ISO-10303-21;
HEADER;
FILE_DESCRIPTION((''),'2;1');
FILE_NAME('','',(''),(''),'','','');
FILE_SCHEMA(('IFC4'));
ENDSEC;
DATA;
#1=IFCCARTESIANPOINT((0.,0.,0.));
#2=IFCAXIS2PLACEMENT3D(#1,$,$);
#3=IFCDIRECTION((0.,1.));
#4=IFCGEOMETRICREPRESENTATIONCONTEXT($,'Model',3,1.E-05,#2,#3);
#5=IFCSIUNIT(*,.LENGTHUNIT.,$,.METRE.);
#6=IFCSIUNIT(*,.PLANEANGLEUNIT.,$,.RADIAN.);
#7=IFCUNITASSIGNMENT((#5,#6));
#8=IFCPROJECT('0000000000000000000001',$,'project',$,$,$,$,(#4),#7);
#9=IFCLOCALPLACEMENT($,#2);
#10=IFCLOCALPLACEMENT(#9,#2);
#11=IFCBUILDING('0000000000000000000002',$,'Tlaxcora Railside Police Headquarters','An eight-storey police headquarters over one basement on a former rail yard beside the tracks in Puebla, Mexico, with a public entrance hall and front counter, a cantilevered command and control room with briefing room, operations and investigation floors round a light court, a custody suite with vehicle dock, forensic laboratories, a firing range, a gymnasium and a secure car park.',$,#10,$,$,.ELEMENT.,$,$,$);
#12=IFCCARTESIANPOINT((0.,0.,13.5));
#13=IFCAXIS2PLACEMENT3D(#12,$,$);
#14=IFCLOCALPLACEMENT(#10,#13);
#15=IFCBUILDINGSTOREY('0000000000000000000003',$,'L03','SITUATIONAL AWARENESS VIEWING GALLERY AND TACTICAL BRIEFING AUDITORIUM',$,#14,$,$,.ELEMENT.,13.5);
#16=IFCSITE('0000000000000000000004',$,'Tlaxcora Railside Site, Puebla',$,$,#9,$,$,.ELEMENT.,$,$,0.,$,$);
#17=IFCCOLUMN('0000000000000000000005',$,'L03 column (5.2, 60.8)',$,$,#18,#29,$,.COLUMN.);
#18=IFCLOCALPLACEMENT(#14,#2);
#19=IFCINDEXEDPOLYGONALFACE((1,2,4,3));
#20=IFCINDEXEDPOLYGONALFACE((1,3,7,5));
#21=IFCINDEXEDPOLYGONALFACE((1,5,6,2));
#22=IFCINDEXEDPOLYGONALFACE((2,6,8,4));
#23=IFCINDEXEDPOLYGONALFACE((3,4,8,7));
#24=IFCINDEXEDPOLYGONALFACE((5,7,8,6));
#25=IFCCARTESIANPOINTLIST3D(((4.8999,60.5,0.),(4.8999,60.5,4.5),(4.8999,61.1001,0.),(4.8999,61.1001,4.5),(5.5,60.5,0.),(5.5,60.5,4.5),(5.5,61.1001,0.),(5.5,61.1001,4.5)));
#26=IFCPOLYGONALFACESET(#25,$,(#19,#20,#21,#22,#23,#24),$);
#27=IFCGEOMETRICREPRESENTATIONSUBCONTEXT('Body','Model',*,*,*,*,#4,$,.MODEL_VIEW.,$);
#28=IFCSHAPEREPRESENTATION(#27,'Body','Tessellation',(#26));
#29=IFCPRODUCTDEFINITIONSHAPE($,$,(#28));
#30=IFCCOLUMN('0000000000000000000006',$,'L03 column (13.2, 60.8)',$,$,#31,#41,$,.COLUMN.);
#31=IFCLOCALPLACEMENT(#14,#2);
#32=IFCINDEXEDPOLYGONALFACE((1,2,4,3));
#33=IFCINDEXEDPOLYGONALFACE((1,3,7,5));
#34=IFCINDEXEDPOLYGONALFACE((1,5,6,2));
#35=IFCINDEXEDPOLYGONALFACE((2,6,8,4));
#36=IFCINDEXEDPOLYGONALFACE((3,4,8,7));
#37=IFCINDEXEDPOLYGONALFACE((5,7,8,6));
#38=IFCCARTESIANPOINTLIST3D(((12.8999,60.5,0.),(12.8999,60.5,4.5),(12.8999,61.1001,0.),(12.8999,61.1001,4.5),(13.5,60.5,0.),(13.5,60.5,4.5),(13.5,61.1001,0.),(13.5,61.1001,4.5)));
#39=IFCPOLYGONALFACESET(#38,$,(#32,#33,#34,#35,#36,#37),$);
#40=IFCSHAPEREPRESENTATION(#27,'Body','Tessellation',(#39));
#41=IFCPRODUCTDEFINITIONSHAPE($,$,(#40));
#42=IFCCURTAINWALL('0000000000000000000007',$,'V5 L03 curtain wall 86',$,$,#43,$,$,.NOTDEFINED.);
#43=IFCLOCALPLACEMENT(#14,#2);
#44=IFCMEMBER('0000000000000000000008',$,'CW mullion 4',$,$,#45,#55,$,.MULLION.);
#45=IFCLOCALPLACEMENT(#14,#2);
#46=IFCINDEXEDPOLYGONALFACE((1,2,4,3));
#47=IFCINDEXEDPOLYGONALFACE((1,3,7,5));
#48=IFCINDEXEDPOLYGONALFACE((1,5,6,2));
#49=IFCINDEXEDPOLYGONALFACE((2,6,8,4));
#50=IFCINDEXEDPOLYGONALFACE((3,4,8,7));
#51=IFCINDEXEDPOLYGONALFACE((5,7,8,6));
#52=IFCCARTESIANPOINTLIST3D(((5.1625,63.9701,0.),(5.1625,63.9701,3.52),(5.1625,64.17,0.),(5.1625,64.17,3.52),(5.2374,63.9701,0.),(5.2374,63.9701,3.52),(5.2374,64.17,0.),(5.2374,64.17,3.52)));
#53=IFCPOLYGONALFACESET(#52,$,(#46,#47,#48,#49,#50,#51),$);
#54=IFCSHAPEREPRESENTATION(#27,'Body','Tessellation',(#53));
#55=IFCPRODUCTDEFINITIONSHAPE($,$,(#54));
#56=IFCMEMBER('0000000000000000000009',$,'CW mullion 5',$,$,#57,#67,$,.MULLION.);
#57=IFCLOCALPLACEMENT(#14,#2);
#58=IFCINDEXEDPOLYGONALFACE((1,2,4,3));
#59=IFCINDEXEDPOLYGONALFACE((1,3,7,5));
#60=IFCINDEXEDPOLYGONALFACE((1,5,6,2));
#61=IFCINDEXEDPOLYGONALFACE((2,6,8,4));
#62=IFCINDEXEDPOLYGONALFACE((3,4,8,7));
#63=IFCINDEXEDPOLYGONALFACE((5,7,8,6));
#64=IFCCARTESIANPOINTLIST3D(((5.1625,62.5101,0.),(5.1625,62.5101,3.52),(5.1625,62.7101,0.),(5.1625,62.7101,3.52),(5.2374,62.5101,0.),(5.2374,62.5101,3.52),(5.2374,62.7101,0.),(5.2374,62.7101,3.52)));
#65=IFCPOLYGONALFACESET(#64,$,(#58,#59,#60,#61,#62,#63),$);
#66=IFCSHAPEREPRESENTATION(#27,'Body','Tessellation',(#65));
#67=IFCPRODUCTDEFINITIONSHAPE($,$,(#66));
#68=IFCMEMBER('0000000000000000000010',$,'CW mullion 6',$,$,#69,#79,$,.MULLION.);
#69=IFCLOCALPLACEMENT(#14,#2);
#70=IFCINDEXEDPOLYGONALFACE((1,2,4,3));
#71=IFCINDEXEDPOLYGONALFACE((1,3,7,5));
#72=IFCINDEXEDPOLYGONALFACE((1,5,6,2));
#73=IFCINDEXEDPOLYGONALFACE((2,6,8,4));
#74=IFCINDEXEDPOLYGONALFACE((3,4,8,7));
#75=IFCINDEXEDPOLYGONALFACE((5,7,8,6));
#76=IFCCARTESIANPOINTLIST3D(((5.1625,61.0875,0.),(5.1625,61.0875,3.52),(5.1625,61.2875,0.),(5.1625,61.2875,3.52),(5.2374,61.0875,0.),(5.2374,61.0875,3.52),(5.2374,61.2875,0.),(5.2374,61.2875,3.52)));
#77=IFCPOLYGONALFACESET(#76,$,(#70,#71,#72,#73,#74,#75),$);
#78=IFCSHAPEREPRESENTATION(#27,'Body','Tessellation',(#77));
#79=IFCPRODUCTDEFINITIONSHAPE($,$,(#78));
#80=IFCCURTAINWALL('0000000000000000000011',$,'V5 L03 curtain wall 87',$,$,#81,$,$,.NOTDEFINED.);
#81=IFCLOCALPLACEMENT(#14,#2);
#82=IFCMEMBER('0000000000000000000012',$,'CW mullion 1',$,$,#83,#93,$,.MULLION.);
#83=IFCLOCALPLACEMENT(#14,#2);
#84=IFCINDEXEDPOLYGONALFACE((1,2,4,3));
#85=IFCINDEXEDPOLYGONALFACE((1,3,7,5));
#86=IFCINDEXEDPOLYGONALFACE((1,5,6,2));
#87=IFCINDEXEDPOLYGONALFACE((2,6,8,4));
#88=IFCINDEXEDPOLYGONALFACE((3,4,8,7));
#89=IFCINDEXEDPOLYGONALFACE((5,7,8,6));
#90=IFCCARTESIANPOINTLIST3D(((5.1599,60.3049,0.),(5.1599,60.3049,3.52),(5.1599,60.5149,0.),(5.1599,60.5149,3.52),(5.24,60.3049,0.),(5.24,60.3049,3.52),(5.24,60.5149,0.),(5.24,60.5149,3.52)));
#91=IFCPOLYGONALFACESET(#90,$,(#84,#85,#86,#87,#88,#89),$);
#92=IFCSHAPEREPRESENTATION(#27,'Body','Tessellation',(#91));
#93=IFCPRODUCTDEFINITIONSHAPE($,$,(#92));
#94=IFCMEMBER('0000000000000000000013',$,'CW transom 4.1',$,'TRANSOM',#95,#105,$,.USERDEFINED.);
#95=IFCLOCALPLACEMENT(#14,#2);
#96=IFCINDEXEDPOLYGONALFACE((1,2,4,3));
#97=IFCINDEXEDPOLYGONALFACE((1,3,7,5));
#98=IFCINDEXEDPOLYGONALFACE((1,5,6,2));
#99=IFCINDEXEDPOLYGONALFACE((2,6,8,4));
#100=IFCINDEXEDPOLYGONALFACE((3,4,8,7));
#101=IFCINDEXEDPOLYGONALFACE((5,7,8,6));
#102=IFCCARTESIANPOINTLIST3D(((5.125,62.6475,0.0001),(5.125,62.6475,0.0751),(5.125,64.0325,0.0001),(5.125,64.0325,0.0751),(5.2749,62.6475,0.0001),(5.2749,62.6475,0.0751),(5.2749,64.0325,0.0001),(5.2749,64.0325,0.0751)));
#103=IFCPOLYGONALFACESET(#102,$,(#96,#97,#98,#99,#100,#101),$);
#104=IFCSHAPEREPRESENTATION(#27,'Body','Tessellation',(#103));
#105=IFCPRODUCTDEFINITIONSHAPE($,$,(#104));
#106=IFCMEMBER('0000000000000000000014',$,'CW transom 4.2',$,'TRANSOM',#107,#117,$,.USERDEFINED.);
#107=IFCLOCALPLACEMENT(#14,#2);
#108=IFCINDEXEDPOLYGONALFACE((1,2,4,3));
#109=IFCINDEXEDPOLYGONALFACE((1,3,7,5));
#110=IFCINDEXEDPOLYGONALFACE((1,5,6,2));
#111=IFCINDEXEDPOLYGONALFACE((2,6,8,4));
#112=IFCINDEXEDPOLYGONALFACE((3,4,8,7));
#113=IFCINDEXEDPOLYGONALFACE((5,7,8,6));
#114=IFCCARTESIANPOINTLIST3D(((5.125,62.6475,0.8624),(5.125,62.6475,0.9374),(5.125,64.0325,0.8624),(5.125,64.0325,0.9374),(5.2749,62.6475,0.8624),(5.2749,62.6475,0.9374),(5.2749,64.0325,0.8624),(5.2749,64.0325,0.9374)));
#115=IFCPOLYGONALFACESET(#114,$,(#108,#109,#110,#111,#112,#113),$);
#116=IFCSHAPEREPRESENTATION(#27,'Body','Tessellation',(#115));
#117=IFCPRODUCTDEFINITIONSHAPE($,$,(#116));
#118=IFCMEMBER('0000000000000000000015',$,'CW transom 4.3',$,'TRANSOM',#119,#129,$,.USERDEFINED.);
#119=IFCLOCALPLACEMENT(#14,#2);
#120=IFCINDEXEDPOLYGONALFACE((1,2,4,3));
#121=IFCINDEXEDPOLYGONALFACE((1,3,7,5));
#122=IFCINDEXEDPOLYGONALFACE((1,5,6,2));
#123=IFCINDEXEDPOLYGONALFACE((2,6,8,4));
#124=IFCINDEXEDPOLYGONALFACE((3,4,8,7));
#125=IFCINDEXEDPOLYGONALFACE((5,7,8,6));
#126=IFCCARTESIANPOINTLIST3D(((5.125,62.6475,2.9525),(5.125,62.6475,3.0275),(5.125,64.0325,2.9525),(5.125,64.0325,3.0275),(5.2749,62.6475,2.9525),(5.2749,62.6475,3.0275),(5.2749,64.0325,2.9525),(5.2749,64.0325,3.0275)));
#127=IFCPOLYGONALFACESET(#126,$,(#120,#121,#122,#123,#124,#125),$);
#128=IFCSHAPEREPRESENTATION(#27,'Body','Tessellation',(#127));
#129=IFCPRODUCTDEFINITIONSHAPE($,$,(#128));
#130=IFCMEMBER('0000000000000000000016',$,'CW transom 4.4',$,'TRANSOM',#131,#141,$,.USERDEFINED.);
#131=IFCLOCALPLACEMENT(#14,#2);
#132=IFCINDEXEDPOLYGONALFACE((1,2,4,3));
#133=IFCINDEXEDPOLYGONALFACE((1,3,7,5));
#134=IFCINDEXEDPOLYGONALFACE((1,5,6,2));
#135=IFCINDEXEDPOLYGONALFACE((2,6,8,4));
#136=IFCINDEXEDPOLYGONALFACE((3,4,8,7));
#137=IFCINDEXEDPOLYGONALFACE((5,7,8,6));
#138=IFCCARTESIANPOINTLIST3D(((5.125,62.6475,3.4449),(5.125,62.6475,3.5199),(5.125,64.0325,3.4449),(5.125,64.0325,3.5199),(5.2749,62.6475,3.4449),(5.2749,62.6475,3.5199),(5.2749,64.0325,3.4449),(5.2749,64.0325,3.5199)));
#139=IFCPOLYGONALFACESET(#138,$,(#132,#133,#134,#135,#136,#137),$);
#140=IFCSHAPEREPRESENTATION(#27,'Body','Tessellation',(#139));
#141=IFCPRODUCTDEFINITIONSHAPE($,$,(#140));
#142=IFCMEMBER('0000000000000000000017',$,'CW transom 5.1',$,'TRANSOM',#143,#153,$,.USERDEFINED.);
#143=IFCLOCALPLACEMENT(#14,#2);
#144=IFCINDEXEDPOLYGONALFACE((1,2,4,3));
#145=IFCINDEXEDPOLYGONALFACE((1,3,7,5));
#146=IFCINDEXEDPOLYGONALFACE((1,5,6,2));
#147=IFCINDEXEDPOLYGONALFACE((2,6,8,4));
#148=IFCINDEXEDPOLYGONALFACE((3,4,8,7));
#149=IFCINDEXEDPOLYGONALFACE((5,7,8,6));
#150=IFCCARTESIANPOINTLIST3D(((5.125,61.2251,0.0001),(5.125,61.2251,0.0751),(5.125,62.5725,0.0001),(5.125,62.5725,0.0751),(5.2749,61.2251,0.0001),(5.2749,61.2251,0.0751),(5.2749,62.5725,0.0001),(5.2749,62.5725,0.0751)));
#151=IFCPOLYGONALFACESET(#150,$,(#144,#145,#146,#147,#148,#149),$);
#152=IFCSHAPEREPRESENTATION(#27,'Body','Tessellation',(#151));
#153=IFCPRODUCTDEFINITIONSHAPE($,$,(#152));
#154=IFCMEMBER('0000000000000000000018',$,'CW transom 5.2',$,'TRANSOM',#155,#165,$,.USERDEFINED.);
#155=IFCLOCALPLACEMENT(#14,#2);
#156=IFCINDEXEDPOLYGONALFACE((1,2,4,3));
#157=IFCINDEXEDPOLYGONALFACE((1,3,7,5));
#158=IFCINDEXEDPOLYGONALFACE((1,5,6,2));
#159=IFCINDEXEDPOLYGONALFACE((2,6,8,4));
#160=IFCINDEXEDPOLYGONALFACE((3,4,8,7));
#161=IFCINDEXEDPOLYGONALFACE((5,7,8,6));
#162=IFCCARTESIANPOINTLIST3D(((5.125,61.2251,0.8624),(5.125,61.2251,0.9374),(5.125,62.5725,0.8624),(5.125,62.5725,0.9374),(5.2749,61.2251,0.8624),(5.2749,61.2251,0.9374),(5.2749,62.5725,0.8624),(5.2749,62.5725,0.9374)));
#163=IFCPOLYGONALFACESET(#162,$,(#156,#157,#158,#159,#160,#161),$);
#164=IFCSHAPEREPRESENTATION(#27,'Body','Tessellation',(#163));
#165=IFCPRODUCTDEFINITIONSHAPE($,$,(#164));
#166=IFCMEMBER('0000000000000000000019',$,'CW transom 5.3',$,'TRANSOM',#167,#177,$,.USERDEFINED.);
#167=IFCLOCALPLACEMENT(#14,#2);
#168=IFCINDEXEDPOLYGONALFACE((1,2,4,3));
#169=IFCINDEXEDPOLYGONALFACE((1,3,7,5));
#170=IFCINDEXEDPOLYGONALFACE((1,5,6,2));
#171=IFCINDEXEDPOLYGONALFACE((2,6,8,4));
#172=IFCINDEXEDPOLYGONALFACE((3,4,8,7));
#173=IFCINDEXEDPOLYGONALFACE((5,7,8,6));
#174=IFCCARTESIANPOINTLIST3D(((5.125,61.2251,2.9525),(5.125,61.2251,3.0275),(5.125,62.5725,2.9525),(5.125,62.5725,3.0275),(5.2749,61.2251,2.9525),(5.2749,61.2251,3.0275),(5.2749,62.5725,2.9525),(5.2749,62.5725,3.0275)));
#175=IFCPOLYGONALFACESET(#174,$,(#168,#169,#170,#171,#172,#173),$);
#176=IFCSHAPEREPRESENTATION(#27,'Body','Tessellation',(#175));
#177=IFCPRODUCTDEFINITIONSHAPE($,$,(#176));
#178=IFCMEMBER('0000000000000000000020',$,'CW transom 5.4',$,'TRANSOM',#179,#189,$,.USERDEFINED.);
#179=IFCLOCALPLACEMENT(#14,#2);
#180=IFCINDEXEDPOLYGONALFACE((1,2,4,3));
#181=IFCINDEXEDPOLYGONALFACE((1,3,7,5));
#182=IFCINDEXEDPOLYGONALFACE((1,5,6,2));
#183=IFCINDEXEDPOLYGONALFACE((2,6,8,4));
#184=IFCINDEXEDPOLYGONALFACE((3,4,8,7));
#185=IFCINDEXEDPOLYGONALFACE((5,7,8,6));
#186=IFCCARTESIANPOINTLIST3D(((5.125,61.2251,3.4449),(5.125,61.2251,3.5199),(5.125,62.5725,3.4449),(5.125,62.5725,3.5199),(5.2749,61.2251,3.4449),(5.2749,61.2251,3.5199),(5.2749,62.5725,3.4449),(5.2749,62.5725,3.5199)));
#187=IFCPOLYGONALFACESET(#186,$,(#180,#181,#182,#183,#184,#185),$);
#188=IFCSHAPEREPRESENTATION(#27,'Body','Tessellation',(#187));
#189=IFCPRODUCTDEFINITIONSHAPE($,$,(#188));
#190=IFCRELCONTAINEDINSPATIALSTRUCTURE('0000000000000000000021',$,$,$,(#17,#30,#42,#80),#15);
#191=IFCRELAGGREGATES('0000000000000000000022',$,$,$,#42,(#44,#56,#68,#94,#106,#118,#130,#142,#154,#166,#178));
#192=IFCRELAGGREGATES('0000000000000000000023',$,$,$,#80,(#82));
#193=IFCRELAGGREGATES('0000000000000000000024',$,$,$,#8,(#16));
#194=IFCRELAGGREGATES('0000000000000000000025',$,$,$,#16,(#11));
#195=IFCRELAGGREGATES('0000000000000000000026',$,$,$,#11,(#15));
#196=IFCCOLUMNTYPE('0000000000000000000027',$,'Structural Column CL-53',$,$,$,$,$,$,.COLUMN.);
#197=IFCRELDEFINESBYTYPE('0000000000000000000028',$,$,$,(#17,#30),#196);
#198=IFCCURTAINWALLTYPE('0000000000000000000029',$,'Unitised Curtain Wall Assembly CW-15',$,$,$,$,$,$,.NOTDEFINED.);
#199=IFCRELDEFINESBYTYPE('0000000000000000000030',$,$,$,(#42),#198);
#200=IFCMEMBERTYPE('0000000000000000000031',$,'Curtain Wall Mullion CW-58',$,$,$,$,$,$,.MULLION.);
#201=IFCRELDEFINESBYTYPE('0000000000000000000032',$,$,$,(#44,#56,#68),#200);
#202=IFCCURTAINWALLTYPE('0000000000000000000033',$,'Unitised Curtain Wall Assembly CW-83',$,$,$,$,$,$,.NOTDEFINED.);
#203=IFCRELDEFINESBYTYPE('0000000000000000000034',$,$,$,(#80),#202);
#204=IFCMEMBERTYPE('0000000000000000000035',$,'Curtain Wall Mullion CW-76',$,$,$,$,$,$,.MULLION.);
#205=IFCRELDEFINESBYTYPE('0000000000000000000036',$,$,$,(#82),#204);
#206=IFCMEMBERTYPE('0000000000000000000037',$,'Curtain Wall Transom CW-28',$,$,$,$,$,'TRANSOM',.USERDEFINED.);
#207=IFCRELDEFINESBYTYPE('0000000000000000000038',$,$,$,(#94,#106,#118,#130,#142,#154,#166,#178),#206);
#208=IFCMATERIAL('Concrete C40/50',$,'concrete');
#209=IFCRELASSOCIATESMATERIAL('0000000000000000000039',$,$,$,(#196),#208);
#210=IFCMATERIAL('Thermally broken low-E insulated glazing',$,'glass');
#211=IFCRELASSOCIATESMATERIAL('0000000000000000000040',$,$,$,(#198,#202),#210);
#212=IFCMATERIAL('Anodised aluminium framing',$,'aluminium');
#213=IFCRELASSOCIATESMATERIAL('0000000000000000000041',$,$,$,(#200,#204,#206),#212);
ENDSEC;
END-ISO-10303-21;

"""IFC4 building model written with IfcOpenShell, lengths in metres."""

from ifc_helpers import new_model, si_unit, direction, frame, origin, origin_2d, place, context, subcontext, project, spatial, rectangle, extrude, material, material_profile, profile_set, type_object, element, aggregate, save


model = new_model("IFC4")

# Units and contexts
model_context = context("Model", 3, precision=1e-05, world=origin(), true_north=direction((0.0, 1.0)))
body_context = subcontext(model_context, "Body", "Model", "MODEL_VIEW")
ifc_project = project(units=[si_unit("LENGTHUNIT", "METRE"), si_unit("PLANEANGLEUNIT", "RADIAN")], contexts=[model_context])

# Site, building, storey
site_placement = place(None, origin())
site = spatial("IfcSite", under=ifc_project, at=site_placement, Name="Tlaxcora Railside Site, Puebla", CompositionType="ELEMENT", RefElevation=0.0)
building_placement = place(site_placement, origin())
building = spatial("IfcBuilding", under=site, at=building_placement, Name="Tlaxcora Railside Police Headquarters", Description="An eight-storey police headquarters over one basement on a former rail yard beside the tracks in Puebla, Mexico, with a public entrance hall and front counter, a cantilevered command and control room with briefing room, operations and investigation floors round a light court, a custody suite with vehicle dock, forensic laboratories, a firing range, a gymnasium and a secure car park.", CompositionType="ELEMENT")
storey_placement = place(building_placement, frame((0.0, 0.0, 13.5)))
storey = spatial("IfcBuildingStorey", under=building, at=storey_placement, Name="L03", Description="SITUATIONAL AWARENESS VIEWING GALLERY AND TACTICAL BRIEFING AUDITORIUM", CompositionType="ELEMENT", Elevation=13.5)

# Columns
ifc_material_1 = material(Name="Concrete C40/50", Category="concrete")
ifc_material_profile_1 = material_profile(ifc_material_1, rectangle(XDim=0.6001, YDim=0.6001, at=origin_2d()), Name="RC600X600")
ifc_profile_set_1 = profile_set([ifc_material_profile_1], Name="Concrete C40/50")
column_type = type_object("IfcColumnType", Name="Structural Column CL-53", PredefinedType="COLUMN", material=ifc_profile_set_1)
for number, where, z_axis, x_axis, name in (
    (1, (5.2, 60.8, 0.0), (0.0, 0.0, 1.0), (1.0, 0.0, 0.0), "L03 column (5.2, 60.8)"),
    (2, (13.2, 60.8, 0.0), (0.0, 0.0, 1.0), (1.0, 0.0, 0.0), "L03 column (13.2, 60.8)"),
):
    element("IfcColumn", number, at=place(storey_placement, frame(where, z_axis=z_axis, x_axis=x_axis)), inside=storey, type_object=column_type, Name=name, PredefinedType="COLUMN", context=body_context, shape_type="SweptSolid", body=[
        extrude(rectangle(XDim=0.6001, YDim=0.6001, at=origin_2d()), origin(), (0.0, 0.0, 1.0), 4.5),
    ])

# Curtain wall, members
ifc_material_2 = material(Name="Thermally broken low-E insulated glazing", Category="glass")
curtain_wall_type_1 = type_object("IfcCurtainWallType", Name="Unitised Curtain Wall Assembly CW-15", PredefinedType="NOTDEFINED", material=ifc_material_2)
curtain_wall_1_placement = place(storey_placement, origin())
curtain_wall_1 = element("IfcCurtainWall", 3, at=curtain_wall_1_placement, inside=storey, type_object=curtain_wall_type_1, Name="V5 L03 curtain wall 86", PredefinedType="NOTDEFINED")
ifc_material_3 = material(Name="Anodised aluminium framing", Category="aluminium")
ifc_material_profile_2 = material_profile(ifc_material_3, rectangle(XDim=0.075, YDim=0.2, at=origin_2d()), Name="AL75X200")
ifc_profile_set_2 = profile_set([ifc_material_profile_2], Name="Anodised aluminium framing")
member_type_1 = type_object("IfcMemberType", Name="Curtain Wall Mullion CW-58", PredefinedType="MULLION", material=ifc_profile_set_2)
member_1_placement = place(storey_placement, frame((5.2, 64.0701, 0.0), z_axis=(0.0, 0.0, 1.0), x_axis=(1.0, 0.0, 0.0)))
member_1 = element("IfcMember", 4, at=member_1_placement, type_object=member_type_1, Name="CW mullion 4", PredefinedType="MULLION", context=body_context, shape_type="SweptSolid", body=[
    extrude(rectangle(XDim=0.075, YDim=0.2, at=origin_2d()), origin(), (0.0, 0.0, 1.0), 3.52),
])
member_2_placement = place(storey_placement, frame((5.2, 62.6101, 0.0), z_axis=(0.0, 0.0, 1.0), x_axis=(1.0, 0.0, 0.0)))
member_2 = element("IfcMember", 5, at=member_2_placement, type_object=member_type_1, Name="CW mullion 5", PredefinedType="MULLION", context=body_context, shape_type="SweptSolid", body=[
    extrude(rectangle(XDim=0.075, YDim=0.2, at=origin_2d()), origin(), (0.0, 0.0, 1.0), 3.52),
])
member_3_placement = place(storey_placement, frame((5.2, 61.1875, 0.0), z_axis=(0.0, 0.0, 1.0), x_axis=(1.0, 0.0, 0.0)))
member_3 = element("IfcMember", 6, at=member_3_placement, type_object=member_type_1, Name="CW mullion 6", PredefinedType="MULLION", context=body_context, shape_type="SweptSolid", body=[
    extrude(rectangle(XDim=0.075, YDim=0.2, at=origin_2d()), origin(), (0.0, 0.0, 1.0), 3.52),
])

# Curtain wall, member
curtain_wall_type_2 = type_object("IfcCurtainWallType", Name="Unitised Curtain Wall Assembly CW-83", PredefinedType="NOTDEFINED", material=ifc_material_2)
curtain_wall_2_placement = place(storey_placement, origin())
curtain_wall_2 = element("IfcCurtainWall", 7, at=curtain_wall_2_placement, inside=storey, type_object=curtain_wall_type_2, Name="V5 L03 curtain wall 87", PredefinedType="NOTDEFINED")
ifc_material_profile_3 = material_profile(ifc_material_3, rectangle(XDim=0.0801, YDim=0.21, at=origin_2d()), Name="AL80X210")
ifc_profile_set_3 = profile_set([ifc_material_profile_3], Name="Anodised aluminium framing")
member_type_2 = type_object("IfcMemberType", Name="Curtain Wall Mullion CW-76", PredefinedType="MULLION", material=ifc_profile_set_3)
member_4_placement = place(storey_placement, frame((5.2, 60.4099, 0.0), z_axis=(0.0, 0.0, 1.0), x_axis=(1.0, 0.0, 0.0)))
member_4 = element("IfcMember", 8, at=member_4_placement, type_object=member_type_2, Name="CW mullion 1", PredefinedType="MULLION", context=body_context, shape_type="SweptSolid", body=[
    extrude(rectangle(XDim=0.0801, YDim=0.21, at=origin_2d()), origin(), (0.0, 0.0, 1.0), 3.52),
])

# Members
ifc_material_profile_4 = material_profile(ifc_material_3, rectangle(XDim=0.1499, YDim=0.075, at=origin_2d()), Name="AL75X150")
ifc_profile_set_4 = profile_set([ifc_material_profile_4], Name="Anodised aluminium framing")
member_type_3 = type_object("IfcMemberType", Name="Curtain Wall Transom CW-28", ElementType="TRANSOM", PredefinedType="USERDEFINED", material=ifc_profile_set_4)
member_5_placement = place(storey_placement, frame((5.2, 64.0325, 0.0376), z_axis=(0.0, -1.0, 0.0), x_axis=(1.0, 0.0, 0.0)))
member_5 = element("IfcMember", 9, at=member_5_placement, type_object=member_type_3, Name="CW transom 4.1", ObjectType="TRANSOM", PredefinedType="USERDEFINED", context=body_context, shape_type="SweptSolid", body=[
    extrude(rectangle(XDim=0.1499, YDim=0.075, at=origin_2d()), origin(), (0.0, 0.0, 1.0), 1.385),
])
member_6_placement = place(storey_placement, frame((5.2, 64.0325, 0.8999), z_axis=(0.0, -1.0, 0.0), x_axis=(1.0, 0.0, 0.0)))
member_6 = element("IfcMember", 10, at=member_6_placement, type_object=member_type_3, Name="CW transom 4.2", ObjectType="TRANSOM", PredefinedType="USERDEFINED", context=body_context, shape_type="SweptSolid", body=[
    extrude(rectangle(XDim=0.1499, YDim=0.075, at=origin_2d()), origin(), (0.0, 0.0, 1.0), 1.385),
])
member_7_placement = place(storey_placement, frame((5.2, 64.0325, 2.99), z_axis=(0.0, -1.0, 0.0), x_axis=(1.0, 0.0, 0.0)))
member_7 = element("IfcMember", 11, at=member_7_placement, type_object=member_type_3, Name="CW transom 4.3", ObjectType="TRANSOM", PredefinedType="USERDEFINED", context=body_context, shape_type="SweptSolid", body=[
    extrude(rectangle(XDim=0.1499, YDim=0.075, at=origin_2d()), origin(), (0.0, 0.0, 1.0), 1.385),
])
member_8_placement = place(storey_placement, frame((5.2, 64.0325, 3.4824), z_axis=(0.0, -1.0, 0.0), x_axis=(1.0, 0.0, 0.0)))
member_8 = element("IfcMember", 12, at=member_8_placement, type_object=member_type_3, Name="CW transom 4.4", ObjectType="TRANSOM", PredefinedType="USERDEFINED", context=body_context, shape_type="SweptSolid", body=[
    extrude(rectangle(XDim=0.1499, YDim=0.075, at=origin_2d()), origin(), (0.0, 0.0, 1.0), 1.385),
])
member_9_placement = place(storey_placement, frame((5.2, 62.5725, 0.0376), z_axis=(0.0, -1.0, 0.0), x_axis=(1.0, 0.0, 0.0)))
member_9 = element("IfcMember", 13, at=member_9_placement, type_object=member_type_3, Name="CW transom 5.1", ObjectType="TRANSOM", PredefinedType="USERDEFINED", context=body_context, shape_type="SweptSolid", body=[
    extrude(rectangle(XDim=0.1499, YDim=0.075, at=origin_2d()), origin(), (0.0, 0.0, 1.0), 1.3474),
])
member_10_placement = place(storey_placement, frame((5.2, 62.5725, 0.8999), z_axis=(0.0, -1.0, 0.0), x_axis=(1.0, 0.0, 0.0)))
member_10 = element("IfcMember", 14, at=member_10_placement, type_object=member_type_3, Name="CW transom 5.2", ObjectType="TRANSOM", PredefinedType="USERDEFINED", context=body_context, shape_type="SweptSolid", body=[
    extrude(rectangle(XDim=0.1499, YDim=0.075, at=origin_2d()), origin(), (0.0, 0.0, 1.0), 1.3474),
])
member_11_placement = place(storey_placement, frame((5.2, 62.5725, 2.99), z_axis=(0.0, -1.0, 0.0), x_axis=(1.0, 0.0, 0.0)))
member_11 = element("IfcMember", 15, at=member_11_placement, type_object=member_type_3, Name="CW transom 5.3", ObjectType="TRANSOM", PredefinedType="USERDEFINED", context=body_context, shape_type="SweptSolid", body=[
    extrude(rectangle(XDim=0.1499, YDim=0.075, at=origin_2d()), origin(), (0.0, 0.0, 1.0), 1.3474),
])
member_12_placement = place(storey_placement, frame((5.2, 62.5725, 3.4824), z_axis=(0.0, -1.0, 0.0), x_axis=(1.0, 0.0, 0.0)))
member_12 = element("IfcMember", 16, at=member_12_placement, type_object=member_type_3, Name="CW transom 5.4", ObjectType="TRANSOM", PredefinedType="USERDEFINED", context=body_context, shape_type="SweptSolid", body=[
    extrude(rectangle(XDim=0.1499, YDim=0.075, at=origin_2d()), origin(), (0.0, 0.0, 1.0), 1.3474),
])

aggregate(curtain_wall_1, [member_1, member_2, member_3, member_5, member_6, member_7, member_8, member_9, member_10, member_11, member_12])
aggregate(curtain_wall_2, [member_4])

save(model, "model.ifc")
